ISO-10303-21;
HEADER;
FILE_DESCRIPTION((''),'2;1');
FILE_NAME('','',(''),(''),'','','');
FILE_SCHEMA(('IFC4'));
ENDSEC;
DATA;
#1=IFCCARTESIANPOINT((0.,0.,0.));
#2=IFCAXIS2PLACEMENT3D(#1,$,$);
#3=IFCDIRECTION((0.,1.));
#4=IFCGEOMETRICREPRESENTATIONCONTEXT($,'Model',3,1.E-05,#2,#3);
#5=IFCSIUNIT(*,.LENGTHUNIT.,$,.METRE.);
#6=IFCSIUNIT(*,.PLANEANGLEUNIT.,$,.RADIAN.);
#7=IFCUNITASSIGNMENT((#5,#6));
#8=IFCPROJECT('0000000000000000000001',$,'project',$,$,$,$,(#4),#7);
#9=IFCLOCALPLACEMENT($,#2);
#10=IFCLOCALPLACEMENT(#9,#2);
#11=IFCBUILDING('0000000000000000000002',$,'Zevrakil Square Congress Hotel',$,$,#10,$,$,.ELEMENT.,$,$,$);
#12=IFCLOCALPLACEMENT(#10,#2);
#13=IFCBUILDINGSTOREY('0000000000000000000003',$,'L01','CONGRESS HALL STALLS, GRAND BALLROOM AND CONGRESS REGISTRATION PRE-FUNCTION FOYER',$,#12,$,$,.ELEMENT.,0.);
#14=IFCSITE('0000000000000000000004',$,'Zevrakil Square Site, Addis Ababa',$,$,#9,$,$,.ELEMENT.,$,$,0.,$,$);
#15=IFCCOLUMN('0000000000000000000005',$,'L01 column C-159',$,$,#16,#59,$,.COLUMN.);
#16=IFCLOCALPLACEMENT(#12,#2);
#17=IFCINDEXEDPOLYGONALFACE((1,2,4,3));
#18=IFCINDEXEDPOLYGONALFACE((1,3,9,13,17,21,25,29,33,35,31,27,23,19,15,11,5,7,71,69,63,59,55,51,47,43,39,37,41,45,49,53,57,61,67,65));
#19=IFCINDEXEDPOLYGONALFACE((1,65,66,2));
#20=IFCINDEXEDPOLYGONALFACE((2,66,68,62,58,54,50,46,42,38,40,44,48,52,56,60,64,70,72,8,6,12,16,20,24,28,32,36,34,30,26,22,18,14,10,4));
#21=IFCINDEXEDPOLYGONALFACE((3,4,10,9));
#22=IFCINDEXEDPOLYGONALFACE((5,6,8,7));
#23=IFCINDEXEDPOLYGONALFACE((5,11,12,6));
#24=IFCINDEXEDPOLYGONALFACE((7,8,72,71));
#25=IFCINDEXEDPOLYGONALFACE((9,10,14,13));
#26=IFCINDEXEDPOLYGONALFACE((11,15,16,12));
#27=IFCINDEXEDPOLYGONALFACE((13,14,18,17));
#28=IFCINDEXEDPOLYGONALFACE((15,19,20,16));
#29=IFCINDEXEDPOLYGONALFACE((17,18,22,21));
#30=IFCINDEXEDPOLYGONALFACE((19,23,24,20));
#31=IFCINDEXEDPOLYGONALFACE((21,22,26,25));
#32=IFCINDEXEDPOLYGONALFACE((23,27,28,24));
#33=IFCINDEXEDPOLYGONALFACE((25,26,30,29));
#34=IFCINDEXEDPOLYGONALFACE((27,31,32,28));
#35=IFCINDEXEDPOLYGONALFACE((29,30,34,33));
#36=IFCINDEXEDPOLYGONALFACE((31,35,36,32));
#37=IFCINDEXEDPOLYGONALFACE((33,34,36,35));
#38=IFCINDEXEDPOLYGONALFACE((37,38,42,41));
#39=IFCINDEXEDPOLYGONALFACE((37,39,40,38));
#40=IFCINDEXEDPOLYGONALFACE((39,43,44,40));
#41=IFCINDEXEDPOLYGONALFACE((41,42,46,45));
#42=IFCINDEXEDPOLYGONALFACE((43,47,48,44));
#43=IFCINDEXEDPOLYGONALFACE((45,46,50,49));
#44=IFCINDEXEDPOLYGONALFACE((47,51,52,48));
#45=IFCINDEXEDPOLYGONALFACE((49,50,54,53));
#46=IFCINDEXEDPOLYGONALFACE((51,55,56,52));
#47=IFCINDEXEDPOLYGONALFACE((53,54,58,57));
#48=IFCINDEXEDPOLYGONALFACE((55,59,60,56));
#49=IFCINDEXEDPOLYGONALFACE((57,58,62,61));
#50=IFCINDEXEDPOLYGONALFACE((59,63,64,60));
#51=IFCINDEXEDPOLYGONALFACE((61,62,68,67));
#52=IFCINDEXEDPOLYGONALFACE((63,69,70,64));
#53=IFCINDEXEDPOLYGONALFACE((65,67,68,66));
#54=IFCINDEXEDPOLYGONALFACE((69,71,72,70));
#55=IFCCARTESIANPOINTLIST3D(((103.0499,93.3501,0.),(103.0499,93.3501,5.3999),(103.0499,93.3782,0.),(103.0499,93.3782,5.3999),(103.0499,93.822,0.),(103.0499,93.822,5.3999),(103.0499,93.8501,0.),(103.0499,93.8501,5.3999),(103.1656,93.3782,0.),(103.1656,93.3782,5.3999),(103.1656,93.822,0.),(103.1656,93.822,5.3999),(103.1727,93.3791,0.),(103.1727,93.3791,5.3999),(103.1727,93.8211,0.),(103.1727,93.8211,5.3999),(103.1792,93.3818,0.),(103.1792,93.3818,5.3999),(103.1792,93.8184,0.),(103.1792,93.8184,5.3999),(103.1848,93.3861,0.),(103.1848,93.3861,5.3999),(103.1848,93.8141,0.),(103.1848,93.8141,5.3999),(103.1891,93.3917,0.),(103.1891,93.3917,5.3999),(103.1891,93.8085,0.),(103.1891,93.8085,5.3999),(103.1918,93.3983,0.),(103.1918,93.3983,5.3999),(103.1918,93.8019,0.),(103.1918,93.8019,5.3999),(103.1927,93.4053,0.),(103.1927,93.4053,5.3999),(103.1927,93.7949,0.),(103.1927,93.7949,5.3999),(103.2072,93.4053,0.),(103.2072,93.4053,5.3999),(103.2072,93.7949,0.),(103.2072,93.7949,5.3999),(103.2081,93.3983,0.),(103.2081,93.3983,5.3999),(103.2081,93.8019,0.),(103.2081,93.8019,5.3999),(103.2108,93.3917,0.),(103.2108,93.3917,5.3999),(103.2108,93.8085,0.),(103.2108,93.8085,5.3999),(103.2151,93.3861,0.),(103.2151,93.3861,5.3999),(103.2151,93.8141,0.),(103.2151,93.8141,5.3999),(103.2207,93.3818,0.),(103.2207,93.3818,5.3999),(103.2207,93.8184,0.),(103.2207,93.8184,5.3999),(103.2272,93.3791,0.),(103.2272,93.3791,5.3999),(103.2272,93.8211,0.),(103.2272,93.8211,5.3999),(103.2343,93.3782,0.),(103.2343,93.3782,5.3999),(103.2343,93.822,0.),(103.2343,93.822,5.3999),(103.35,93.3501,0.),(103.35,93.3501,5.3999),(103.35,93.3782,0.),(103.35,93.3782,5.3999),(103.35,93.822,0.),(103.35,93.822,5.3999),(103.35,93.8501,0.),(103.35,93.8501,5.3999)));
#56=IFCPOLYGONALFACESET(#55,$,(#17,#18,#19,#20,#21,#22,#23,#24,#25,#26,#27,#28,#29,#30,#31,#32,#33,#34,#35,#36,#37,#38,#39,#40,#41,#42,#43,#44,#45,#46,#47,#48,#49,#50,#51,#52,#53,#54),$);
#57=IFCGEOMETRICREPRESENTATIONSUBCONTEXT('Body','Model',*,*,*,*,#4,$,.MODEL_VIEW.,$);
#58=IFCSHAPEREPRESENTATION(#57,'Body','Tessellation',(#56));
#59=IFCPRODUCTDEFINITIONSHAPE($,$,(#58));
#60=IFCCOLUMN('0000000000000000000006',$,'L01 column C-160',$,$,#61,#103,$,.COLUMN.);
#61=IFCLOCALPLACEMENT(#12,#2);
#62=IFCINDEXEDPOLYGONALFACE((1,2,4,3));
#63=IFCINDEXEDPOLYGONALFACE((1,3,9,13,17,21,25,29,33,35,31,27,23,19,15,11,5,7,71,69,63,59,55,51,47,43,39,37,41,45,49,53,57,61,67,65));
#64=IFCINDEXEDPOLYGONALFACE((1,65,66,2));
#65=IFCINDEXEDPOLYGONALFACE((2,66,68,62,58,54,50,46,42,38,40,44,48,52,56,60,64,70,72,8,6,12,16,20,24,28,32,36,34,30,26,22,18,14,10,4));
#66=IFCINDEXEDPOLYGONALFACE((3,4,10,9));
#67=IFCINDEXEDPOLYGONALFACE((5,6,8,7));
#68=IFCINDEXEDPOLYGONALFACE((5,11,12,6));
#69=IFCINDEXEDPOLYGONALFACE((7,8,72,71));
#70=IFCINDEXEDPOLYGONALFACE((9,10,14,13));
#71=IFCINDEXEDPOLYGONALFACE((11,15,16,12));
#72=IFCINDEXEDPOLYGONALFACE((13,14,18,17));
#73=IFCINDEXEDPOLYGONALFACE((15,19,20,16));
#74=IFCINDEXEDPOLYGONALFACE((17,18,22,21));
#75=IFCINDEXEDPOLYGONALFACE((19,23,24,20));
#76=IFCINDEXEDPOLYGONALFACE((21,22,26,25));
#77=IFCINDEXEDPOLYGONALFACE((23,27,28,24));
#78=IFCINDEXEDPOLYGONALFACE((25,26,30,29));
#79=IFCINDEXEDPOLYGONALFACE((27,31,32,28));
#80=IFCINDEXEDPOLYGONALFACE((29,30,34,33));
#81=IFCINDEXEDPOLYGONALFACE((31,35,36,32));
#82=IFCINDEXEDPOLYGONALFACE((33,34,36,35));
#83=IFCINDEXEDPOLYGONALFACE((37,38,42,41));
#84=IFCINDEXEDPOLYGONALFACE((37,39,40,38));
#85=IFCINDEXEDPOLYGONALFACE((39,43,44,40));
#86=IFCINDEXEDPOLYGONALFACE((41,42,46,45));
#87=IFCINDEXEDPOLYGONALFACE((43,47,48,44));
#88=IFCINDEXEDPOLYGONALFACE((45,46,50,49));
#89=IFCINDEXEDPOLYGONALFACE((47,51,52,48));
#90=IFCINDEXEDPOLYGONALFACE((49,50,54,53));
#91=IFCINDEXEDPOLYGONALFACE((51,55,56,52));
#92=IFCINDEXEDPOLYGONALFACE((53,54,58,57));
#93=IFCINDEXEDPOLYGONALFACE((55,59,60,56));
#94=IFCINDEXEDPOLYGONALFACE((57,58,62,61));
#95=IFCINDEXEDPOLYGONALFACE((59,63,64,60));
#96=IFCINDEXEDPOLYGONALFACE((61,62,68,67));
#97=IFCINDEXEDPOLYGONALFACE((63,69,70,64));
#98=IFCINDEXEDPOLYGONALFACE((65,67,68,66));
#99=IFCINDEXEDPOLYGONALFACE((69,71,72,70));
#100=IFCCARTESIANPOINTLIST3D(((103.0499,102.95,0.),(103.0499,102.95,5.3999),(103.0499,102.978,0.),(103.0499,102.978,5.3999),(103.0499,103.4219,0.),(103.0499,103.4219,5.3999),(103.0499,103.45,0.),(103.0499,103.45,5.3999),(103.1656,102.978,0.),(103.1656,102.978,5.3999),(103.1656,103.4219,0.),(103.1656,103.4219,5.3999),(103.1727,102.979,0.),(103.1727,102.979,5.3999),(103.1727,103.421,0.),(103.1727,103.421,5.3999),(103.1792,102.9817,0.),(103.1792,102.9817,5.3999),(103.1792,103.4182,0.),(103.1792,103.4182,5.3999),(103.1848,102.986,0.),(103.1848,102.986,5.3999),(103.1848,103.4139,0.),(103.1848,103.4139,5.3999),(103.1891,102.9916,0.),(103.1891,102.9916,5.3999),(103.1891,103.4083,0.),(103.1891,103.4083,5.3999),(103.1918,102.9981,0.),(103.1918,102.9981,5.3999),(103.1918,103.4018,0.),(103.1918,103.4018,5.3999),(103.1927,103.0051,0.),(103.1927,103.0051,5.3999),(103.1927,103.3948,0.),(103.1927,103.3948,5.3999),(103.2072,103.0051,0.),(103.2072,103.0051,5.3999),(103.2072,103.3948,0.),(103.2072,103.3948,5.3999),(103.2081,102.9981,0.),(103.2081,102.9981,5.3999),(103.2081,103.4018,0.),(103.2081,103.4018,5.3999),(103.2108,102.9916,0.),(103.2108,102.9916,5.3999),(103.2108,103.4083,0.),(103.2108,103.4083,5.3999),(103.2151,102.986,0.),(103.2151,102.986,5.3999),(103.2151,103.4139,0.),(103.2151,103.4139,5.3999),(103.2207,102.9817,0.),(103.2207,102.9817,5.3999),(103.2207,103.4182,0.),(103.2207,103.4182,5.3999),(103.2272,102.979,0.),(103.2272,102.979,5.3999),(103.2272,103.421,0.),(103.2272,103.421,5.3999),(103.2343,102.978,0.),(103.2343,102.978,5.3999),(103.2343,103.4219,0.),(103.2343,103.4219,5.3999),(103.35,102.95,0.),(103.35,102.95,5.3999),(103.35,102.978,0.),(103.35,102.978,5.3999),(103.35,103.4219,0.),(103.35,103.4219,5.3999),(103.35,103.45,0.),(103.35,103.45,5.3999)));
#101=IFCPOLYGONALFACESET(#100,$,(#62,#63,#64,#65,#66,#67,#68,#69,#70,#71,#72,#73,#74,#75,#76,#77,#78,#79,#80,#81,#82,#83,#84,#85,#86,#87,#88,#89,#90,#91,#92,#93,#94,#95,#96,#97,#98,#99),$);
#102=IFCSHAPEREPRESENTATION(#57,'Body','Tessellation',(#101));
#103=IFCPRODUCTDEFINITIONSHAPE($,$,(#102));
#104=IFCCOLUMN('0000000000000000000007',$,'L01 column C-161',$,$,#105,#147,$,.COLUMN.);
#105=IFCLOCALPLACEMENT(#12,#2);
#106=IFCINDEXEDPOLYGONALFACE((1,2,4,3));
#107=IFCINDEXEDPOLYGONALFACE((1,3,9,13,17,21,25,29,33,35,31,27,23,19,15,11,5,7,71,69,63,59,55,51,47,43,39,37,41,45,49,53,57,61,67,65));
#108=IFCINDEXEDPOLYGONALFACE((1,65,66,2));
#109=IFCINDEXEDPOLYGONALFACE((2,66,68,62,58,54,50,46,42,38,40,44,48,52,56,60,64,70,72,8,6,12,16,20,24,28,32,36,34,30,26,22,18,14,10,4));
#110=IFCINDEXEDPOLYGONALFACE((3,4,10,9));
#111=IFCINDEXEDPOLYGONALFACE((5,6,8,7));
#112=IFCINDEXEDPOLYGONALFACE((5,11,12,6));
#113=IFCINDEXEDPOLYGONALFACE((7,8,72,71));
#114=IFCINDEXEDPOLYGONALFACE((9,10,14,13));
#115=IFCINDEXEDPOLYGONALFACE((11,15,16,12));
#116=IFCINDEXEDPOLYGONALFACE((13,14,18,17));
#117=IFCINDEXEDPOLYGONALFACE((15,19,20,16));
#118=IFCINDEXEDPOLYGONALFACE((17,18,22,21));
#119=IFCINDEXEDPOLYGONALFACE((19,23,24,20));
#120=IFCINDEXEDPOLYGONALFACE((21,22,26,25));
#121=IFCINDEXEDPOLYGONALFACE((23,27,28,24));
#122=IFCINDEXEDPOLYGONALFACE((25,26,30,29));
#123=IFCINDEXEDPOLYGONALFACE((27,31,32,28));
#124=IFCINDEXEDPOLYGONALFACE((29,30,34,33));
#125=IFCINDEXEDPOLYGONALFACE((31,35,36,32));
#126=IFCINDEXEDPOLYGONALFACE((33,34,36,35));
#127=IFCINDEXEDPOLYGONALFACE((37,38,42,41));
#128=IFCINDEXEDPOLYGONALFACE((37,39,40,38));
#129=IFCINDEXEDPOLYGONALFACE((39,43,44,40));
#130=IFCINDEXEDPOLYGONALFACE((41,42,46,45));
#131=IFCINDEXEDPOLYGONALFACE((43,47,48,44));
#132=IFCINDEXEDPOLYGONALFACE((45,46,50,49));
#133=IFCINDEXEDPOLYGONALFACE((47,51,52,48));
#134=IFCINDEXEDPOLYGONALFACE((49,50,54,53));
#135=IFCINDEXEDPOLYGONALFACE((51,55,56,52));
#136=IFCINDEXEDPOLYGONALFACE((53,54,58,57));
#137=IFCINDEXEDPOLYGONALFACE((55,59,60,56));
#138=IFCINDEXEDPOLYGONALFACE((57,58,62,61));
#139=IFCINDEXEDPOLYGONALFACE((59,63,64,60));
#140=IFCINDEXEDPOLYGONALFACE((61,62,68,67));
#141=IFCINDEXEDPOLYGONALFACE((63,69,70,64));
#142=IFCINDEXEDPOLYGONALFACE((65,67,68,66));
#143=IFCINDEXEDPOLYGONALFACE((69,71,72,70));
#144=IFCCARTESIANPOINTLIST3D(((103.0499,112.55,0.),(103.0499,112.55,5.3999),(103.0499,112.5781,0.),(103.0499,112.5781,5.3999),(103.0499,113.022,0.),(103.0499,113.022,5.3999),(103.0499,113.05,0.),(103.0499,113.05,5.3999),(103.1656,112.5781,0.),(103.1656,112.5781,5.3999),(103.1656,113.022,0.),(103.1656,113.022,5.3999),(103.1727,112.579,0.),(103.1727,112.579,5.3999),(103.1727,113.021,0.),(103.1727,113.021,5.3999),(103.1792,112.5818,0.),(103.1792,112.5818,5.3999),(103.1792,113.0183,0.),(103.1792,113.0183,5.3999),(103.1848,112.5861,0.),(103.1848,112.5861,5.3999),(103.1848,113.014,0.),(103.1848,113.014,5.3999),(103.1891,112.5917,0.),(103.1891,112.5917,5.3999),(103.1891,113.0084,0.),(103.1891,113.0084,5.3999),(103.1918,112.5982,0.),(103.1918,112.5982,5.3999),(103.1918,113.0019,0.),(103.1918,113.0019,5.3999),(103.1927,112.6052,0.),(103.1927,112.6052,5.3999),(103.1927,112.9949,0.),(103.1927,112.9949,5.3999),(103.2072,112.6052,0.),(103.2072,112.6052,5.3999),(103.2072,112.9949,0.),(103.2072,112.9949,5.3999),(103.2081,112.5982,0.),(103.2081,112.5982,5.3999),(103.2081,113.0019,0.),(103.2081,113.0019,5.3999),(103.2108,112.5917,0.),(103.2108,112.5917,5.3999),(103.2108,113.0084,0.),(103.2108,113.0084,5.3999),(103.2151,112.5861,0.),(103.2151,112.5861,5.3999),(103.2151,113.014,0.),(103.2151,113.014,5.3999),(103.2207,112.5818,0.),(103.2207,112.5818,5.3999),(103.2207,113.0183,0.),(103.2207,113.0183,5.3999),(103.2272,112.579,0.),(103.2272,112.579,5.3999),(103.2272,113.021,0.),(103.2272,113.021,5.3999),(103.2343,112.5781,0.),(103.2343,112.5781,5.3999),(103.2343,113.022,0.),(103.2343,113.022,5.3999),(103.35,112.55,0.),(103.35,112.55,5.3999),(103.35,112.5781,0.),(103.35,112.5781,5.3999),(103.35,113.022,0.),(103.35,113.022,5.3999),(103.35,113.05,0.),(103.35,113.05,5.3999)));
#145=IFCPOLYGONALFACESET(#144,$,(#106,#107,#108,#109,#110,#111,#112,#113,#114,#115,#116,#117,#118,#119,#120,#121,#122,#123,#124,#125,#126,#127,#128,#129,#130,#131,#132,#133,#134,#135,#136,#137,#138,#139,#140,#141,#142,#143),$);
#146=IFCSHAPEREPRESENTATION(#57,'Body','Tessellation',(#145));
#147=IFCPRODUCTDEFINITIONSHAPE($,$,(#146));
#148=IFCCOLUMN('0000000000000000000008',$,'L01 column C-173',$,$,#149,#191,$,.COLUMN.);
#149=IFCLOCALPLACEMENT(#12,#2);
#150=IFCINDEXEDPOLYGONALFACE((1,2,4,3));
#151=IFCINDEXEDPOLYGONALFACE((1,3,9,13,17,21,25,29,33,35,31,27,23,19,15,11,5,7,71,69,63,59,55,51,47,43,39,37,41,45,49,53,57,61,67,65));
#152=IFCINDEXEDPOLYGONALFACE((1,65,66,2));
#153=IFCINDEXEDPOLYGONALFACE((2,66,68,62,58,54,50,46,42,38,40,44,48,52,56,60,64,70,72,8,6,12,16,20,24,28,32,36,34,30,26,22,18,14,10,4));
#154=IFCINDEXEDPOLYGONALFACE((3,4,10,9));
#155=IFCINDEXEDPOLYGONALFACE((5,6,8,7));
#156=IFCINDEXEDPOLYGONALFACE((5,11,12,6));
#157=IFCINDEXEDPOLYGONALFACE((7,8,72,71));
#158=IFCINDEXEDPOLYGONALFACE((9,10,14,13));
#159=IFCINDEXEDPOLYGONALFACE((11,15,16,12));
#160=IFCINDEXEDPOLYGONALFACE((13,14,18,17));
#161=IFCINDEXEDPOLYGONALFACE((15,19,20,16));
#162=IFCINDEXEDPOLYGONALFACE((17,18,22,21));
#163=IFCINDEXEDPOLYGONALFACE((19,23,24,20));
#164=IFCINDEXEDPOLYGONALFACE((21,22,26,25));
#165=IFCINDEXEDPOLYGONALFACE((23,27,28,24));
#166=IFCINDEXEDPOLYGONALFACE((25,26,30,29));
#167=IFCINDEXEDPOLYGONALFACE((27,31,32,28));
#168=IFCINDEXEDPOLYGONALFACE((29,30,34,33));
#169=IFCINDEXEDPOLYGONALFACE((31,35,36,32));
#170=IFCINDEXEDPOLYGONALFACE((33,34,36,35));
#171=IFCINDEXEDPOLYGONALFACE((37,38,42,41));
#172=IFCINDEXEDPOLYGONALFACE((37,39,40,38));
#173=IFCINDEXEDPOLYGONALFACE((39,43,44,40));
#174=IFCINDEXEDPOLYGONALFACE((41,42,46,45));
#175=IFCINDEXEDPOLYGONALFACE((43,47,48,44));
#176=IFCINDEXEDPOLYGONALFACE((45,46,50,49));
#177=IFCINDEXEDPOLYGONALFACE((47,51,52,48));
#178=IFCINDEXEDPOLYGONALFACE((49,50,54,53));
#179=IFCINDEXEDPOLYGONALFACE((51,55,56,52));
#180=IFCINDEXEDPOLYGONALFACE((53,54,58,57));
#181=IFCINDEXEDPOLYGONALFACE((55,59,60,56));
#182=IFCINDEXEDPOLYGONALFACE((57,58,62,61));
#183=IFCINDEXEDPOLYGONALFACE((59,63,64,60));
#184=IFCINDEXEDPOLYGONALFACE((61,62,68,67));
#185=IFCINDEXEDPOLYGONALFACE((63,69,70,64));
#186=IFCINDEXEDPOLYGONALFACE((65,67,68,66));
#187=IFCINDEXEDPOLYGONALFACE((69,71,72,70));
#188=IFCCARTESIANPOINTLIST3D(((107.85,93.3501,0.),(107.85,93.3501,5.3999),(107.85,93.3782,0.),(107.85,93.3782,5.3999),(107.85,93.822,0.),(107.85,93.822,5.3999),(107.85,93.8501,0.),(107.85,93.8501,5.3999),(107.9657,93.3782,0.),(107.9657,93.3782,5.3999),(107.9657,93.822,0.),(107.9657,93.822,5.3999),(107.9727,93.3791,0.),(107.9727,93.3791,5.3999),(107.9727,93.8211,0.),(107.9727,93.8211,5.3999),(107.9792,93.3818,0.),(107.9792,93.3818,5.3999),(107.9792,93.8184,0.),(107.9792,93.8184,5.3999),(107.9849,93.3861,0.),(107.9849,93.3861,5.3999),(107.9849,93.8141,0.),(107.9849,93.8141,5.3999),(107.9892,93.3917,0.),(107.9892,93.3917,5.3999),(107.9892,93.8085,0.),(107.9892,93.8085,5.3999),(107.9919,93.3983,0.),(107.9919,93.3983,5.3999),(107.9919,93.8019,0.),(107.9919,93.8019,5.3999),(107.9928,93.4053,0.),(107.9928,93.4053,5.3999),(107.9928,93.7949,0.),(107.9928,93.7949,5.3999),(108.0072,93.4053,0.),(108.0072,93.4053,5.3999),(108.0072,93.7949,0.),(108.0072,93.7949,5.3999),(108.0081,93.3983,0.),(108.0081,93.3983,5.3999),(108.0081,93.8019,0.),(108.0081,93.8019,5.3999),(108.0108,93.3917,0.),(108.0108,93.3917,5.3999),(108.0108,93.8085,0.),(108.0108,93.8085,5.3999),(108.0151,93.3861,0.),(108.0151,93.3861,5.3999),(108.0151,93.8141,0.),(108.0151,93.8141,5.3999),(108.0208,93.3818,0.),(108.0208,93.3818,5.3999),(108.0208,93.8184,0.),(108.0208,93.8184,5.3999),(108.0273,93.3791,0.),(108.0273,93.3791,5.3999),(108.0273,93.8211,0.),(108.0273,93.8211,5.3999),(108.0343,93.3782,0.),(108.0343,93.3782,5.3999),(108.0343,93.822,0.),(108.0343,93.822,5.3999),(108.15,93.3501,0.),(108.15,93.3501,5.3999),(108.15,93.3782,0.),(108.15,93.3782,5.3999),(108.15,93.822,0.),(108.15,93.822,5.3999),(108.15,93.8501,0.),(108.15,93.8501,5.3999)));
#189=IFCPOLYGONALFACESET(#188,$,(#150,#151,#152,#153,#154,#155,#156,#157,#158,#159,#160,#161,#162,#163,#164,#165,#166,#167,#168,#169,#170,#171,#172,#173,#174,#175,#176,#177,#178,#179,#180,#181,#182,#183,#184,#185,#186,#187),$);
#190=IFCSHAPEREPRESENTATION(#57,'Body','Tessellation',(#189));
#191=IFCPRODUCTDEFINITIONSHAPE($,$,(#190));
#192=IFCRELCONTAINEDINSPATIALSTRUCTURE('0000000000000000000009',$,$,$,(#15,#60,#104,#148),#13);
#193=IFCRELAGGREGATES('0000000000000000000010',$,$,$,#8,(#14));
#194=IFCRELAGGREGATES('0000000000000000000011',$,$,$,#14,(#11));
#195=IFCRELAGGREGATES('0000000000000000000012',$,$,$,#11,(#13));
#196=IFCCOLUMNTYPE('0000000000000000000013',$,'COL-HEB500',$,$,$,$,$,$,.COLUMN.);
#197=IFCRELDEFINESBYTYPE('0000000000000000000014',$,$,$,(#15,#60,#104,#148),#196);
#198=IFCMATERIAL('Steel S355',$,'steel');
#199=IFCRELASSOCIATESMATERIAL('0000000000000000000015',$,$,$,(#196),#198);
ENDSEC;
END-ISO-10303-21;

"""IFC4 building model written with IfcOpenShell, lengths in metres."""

from ifc_helpers import new_model, si_unit, direction, frame, origin, origin_2d, place, context, subcontext, project, spatial, i_section, extrude, material, material_profile, profile_set, type_object, element, save


model = new_model("IFC4")

# Units and contexts
model_context = context("Model", 3, precision=1e-05, world=origin(), true_north=direction((0.0, 1.0)))
body_context = subcontext(model_context, "Body", "Model", "MODEL_VIEW")
ifc_project = project(units=[si_unit("LENGTHUNIT", "METRE"), si_unit("PLANEANGLEUNIT", "RADIAN")], contexts=[model_context])

# Site, building, storey
site_placement = place(None, origin())
site = spatial("IfcSite", under=ifc_project, at=site_placement, Name="Zevrakil Square Site, Addis Ababa", CompositionType="ELEMENT", RefElevation=0.0)
building_placement = place(site_placement, origin())
building = spatial("IfcBuilding", under=site, at=building_placement, Name="Zevrakil Square Congress Hotel", CompositionType="ELEMENT")
storey_placement = place(building_placement, origin())
storey = spatial("IfcBuildingStorey", under=building, at=storey_placement, Name="L01", Description="CONGRESS HALL STALLS, GRAND BALLROOM AND CONGRESS REGISTRATION PRE-FUNCTION FOYER", CompositionType="ELEMENT", Elevation=0.0)

# Columns
ifc_material_1 = material(Name="Steel S355", Category="steel")
ifc_material_profile_1 = material_profile(ifc_material_1, i_section(OverallWidth=0.3, OverallDepth=0.5, WebThickness=0.0144, FlangeThickness=0.0281, FilletRadius=0.0271, at=origin_2d()), Name="HEB 500")
ifc_profile_set_1 = profile_set([ifc_material_profile_1], Name="Steel S355")
column_type_1 = type_object("IfcColumnType", Name="COL-HEB500", PredefinedType="COLUMN", material=ifc_profile_set_1)
for number, where, z_axis, x_axis, name in (
    (1, (103.2, 93.6001, 0.0), (0.0, 0.0, 1.0), (1.0, 0.0, 0.0), "L01 column C-159"),
    (2, (103.2, 103.2, 0.0), (0.0, 0.0, 1.0), (1.0, 0.0, 0.0), "L01 column C-160"),
    (3, (103.2, 112.8, 0.0), (0.0, 0.0, 1.0), (1.0, 0.0, 0.0), "L01 column C-161"),
    (4, (108.0, 93.6001, 0.0), (0.0, 0.0, 1.0), (1.0, 0.0, 0.0), "L01 column C-173"),
):
    element("IfcColumn", number, at=place(storey_placement, frame(where, z_axis=z_axis, x_axis=x_axis)), inside=storey, type_object=column_type_1, Name=name, PredefinedType="COLUMN", context=body_context, shape_type="SweptSolid", body=[
        extrude(i_section(OverallWidth=0.3, OverallDepth=0.5, WebThickness=0.0144, FlangeThickness=0.0281, FilletRadius=0.0271, at=origin_2d()), origin(), (0.0, 0.0, 1.0), 5.3999),
    ])

save(model, "model.ifc")
